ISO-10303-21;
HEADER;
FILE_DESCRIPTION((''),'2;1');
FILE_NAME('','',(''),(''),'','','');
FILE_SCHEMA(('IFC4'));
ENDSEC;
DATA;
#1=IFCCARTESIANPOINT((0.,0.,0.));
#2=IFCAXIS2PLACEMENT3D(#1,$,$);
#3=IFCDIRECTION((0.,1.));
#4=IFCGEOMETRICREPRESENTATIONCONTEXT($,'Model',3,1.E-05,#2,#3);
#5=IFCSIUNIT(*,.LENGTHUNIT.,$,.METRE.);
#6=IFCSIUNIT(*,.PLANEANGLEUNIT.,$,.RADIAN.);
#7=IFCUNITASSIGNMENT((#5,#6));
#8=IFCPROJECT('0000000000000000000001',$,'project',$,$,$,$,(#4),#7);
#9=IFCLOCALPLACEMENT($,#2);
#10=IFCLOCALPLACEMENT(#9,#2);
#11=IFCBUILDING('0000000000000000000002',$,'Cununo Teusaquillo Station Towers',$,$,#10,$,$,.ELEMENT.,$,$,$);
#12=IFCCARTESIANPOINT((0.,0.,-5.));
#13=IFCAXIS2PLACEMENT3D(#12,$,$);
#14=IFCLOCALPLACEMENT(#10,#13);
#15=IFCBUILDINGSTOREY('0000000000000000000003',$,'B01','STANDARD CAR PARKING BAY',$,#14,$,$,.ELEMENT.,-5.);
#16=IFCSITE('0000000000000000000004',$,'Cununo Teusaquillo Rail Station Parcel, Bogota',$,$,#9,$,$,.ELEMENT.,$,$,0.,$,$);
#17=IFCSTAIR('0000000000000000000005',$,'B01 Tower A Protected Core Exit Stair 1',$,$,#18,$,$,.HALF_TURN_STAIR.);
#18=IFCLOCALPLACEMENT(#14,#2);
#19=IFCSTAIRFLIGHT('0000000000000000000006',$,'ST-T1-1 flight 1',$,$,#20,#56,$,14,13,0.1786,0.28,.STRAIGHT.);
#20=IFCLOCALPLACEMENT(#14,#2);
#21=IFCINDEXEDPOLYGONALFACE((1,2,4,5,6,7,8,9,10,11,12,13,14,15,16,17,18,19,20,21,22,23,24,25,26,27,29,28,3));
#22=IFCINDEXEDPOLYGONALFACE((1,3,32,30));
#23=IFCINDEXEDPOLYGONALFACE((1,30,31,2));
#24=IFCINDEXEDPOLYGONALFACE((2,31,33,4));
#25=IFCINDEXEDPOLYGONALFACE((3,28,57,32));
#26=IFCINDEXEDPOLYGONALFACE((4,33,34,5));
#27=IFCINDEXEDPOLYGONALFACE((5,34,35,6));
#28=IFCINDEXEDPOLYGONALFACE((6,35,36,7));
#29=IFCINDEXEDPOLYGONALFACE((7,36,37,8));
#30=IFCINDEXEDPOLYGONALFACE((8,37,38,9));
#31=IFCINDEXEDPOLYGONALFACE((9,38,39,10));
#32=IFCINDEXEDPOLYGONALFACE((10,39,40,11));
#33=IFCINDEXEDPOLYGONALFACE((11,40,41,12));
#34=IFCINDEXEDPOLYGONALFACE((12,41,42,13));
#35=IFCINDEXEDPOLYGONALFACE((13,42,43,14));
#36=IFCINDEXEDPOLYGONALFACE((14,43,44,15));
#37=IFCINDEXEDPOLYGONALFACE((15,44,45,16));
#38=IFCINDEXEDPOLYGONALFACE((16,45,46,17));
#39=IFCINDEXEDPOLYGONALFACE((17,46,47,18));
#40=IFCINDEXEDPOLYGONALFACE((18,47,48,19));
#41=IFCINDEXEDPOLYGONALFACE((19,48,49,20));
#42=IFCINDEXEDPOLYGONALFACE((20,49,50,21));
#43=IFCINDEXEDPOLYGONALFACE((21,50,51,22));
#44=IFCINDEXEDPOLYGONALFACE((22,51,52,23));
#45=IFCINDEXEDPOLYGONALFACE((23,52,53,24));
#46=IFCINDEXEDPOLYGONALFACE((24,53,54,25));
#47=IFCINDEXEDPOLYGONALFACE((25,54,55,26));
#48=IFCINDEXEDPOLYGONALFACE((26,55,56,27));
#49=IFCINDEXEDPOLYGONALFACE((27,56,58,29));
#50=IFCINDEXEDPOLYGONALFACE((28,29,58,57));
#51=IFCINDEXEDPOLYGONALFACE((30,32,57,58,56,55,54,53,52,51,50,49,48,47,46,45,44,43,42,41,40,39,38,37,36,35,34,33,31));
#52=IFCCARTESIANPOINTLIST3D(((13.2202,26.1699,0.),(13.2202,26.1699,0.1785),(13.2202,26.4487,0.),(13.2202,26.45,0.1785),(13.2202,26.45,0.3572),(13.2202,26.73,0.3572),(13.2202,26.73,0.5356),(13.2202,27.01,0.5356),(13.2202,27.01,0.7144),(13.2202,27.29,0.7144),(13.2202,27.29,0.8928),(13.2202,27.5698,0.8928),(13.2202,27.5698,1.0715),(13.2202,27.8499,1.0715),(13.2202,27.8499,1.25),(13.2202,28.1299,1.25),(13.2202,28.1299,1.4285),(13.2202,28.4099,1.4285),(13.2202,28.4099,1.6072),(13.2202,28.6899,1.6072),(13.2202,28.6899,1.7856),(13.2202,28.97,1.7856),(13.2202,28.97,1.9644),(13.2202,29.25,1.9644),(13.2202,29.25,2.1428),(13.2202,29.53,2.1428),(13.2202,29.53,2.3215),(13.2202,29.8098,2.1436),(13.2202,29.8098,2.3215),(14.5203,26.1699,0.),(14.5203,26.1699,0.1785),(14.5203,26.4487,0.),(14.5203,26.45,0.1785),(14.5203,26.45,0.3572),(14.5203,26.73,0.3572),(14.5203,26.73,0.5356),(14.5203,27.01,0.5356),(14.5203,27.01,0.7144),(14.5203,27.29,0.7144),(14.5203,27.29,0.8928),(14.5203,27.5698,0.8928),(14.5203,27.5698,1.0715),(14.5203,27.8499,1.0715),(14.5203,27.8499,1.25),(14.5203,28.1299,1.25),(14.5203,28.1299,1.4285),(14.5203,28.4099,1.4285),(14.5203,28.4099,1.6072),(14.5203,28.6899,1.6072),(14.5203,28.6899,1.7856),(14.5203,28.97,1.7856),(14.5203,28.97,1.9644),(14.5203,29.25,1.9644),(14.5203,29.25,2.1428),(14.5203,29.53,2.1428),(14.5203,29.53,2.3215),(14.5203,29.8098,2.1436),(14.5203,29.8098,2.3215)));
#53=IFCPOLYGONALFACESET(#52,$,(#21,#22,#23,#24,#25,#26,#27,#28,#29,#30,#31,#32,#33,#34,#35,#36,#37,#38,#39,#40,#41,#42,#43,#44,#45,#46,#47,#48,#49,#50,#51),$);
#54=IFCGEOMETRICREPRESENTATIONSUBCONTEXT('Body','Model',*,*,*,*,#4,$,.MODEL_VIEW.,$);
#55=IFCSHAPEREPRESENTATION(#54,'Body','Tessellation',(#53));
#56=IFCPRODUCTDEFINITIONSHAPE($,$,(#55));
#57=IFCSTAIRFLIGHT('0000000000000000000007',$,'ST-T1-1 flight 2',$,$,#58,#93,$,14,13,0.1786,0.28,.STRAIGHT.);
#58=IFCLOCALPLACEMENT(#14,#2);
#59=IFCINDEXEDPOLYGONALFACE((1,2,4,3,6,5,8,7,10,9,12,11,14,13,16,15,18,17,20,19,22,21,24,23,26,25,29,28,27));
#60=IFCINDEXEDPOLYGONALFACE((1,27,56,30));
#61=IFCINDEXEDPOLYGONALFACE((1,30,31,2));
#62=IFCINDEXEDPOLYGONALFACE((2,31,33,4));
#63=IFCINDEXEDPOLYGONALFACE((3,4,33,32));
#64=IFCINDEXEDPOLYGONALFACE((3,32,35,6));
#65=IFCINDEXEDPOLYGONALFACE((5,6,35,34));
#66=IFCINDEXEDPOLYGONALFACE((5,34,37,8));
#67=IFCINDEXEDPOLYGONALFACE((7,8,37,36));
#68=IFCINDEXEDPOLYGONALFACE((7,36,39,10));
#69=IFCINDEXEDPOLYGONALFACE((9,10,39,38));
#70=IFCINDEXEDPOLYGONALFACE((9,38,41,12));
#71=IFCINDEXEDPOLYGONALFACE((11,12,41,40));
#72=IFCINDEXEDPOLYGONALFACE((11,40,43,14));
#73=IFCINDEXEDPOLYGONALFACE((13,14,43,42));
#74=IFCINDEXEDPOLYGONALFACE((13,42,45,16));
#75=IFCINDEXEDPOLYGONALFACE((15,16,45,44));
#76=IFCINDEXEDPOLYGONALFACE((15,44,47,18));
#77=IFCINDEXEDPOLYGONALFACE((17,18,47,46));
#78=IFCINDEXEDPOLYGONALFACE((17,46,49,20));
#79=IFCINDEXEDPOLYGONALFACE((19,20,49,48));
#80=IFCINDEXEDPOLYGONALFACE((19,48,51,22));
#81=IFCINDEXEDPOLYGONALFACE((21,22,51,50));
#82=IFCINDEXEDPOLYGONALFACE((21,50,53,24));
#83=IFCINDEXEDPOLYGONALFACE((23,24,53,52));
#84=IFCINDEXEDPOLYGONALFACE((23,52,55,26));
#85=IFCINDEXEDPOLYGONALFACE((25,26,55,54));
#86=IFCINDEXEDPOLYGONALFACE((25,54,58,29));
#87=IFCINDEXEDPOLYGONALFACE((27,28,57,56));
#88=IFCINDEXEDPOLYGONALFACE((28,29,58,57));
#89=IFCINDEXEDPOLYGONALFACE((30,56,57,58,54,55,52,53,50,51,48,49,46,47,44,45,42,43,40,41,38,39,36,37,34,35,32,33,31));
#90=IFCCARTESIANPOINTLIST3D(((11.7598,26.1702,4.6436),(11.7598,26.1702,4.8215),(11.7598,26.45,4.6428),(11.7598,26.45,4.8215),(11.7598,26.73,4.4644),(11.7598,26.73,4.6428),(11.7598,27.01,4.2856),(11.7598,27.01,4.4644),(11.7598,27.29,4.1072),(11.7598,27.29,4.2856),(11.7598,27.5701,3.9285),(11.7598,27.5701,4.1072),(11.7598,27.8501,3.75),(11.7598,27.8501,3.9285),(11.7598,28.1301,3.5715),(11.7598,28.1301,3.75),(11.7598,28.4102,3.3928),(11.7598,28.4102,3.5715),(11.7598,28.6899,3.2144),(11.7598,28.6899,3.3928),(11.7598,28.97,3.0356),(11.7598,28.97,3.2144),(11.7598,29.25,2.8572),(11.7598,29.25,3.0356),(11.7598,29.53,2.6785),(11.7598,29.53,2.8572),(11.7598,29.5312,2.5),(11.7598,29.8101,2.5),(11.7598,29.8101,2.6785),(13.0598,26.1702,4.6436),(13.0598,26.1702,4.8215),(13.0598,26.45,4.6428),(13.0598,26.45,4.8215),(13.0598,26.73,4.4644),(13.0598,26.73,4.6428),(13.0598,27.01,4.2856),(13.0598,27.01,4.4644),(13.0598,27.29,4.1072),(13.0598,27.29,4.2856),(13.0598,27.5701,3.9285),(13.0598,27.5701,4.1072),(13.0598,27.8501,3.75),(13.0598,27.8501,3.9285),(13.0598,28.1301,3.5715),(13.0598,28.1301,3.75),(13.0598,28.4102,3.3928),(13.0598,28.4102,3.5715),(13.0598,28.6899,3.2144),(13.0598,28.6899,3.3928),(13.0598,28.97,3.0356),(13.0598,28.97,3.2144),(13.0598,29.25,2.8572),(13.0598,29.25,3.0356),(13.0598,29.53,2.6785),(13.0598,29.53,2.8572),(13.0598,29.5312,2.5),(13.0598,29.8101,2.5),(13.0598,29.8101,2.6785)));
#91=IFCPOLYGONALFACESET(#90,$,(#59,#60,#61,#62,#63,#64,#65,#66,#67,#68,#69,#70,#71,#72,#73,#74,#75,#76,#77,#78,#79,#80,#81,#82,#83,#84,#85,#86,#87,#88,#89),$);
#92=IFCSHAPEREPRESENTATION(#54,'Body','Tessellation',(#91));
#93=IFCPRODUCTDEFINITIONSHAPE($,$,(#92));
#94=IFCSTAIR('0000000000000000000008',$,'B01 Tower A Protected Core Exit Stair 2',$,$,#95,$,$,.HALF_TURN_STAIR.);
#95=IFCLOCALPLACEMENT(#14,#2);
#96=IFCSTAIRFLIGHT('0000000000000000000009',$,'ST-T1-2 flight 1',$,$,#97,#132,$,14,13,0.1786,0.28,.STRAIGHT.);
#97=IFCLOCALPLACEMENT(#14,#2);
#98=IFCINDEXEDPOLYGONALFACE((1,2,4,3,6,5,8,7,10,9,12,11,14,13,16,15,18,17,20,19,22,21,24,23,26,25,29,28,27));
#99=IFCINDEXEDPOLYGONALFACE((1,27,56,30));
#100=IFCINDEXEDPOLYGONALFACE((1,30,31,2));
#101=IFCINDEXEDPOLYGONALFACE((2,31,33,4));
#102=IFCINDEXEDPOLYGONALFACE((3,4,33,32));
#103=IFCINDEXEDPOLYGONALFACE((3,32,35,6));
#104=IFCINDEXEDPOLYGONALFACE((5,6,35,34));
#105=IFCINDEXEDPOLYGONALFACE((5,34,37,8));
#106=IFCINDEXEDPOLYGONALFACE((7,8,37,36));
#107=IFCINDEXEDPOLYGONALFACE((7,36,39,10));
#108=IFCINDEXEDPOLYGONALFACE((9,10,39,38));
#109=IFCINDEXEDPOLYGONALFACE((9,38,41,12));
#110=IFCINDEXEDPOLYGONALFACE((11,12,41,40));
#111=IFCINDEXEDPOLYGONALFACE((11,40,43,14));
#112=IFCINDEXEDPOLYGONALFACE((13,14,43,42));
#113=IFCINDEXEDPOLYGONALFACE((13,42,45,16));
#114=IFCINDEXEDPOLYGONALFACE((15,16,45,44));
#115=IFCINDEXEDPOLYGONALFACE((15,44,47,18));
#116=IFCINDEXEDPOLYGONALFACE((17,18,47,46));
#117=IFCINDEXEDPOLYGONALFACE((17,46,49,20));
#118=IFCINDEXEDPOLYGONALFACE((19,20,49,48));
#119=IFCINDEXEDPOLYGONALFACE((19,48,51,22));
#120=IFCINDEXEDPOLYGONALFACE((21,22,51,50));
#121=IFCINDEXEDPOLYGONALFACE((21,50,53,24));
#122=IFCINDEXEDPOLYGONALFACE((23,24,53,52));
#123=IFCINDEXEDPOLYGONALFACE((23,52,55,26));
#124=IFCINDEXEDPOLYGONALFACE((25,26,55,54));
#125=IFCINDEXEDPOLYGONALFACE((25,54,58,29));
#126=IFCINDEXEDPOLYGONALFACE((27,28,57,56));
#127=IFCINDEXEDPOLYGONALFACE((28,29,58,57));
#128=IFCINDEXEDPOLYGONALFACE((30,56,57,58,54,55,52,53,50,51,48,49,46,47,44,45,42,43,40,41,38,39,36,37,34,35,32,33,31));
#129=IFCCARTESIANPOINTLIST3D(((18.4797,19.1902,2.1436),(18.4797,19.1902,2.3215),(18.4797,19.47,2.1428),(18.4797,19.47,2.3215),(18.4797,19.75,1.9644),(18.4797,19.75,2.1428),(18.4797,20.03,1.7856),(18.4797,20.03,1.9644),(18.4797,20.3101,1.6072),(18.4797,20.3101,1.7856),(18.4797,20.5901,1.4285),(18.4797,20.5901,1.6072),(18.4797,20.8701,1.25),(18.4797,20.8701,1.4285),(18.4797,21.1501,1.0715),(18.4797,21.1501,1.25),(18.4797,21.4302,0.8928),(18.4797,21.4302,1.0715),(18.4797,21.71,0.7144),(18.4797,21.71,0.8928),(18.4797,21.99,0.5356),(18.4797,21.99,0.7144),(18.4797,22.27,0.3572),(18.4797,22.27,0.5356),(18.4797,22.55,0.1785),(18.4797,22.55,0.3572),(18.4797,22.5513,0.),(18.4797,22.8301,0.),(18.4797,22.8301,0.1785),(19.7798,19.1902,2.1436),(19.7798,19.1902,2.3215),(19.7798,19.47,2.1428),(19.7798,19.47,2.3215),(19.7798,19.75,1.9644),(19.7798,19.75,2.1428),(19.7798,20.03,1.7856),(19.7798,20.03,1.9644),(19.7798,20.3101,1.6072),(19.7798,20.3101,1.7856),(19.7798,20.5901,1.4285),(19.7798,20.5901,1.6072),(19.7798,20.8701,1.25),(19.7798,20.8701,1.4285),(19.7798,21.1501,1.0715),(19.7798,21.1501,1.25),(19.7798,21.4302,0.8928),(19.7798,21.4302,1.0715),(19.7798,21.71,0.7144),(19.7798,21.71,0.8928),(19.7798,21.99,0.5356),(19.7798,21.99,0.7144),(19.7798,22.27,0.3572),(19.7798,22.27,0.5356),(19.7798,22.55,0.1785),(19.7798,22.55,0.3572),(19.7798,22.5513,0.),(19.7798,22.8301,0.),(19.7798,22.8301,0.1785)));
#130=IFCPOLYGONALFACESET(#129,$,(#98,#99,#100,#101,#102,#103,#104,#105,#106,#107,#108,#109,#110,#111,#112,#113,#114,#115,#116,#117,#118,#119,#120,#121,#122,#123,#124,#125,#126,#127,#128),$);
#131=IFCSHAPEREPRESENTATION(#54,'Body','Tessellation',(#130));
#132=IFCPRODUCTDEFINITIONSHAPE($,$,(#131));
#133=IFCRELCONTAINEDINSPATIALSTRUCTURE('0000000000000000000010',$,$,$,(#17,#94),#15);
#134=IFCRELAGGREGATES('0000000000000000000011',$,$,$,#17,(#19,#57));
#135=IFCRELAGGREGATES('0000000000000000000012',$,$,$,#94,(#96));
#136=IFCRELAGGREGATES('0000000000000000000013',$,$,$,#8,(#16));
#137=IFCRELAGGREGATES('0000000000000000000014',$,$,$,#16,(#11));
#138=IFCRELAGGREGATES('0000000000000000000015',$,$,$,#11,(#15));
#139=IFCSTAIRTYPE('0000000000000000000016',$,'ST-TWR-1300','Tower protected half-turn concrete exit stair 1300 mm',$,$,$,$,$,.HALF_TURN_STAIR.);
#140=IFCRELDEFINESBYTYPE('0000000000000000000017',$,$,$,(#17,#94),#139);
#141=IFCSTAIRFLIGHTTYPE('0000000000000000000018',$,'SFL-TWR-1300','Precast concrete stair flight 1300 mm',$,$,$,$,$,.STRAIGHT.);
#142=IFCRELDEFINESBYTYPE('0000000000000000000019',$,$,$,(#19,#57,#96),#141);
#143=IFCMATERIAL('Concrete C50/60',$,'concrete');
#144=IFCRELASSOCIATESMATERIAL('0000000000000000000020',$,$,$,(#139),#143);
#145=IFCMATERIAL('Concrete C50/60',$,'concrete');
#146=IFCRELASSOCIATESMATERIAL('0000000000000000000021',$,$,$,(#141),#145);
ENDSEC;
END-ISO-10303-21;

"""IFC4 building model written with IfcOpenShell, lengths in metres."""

from ifc_helpers import new_model, si_unit, direction, frame, origin, place, context, subcontext, project, spatial, polyline, outline, extrude, material, type_object, element, aggregate, save


model = new_model("IFC4")

# Units and contexts
model_context = context("Model", 3, precision=1e-05, world=origin(), true_north=direction((0.0, 1.0)))
body_context = subcontext(model_context, "Body", "Model", "MODEL_VIEW")
ifc_project = project(units=[si_unit("LENGTHUNIT", "METRE"), si_unit("PLANEANGLEUNIT", "RADIAN")], contexts=[model_context])

# Site, building, storey
site_placement = place(None, origin())
site = spatial("IfcSite", under=ifc_project, at=site_placement, Name="Cununo Teusaquillo Rail Station Parcel, Bogota", CompositionType="ELEMENT", RefElevation=0.0)
building_placement = place(site_placement, origin())
building = spatial("IfcBuilding", under=site, at=building_placement, Name="Cununo Teusaquillo Station Towers", CompositionType="ELEMENT")
storey_placement = place(building_placement, frame((0.0, 0.0, -5.0)))
storey = spatial("IfcBuildingStorey", under=building, at=storey_placement, Name="B01", Description="STANDARD CAR PARKING BAY", CompositionType="ELEMENT", Elevation=-5.0)

# Stair, stair flights
ifc_material_1 = material(Name="Concrete C50/60", Category="concrete")
stair_type = type_object("IfcStairType", Name="ST-TWR-1300", Description="Tower protected half-turn concrete exit stair 1300 mm", PredefinedType="HALF_TURN_STAIR", material=ifc_material_1)
stair_1_placement = place(storey_placement, origin())
stair_1 = element("IfcStair", 1, at=stair_1_placement, inside=storey, type_object=stair_type, Name="B01 Tower A Protected Core Exit Stair 1", PredefinedType="HALF_TURN_STAIR")
ifc_material_2 = material(Name="Concrete C50/60", Category="concrete")
stair_flight_type = type_object("IfcStairFlightType", Name="SFL-TWR-1300", Description="Precast concrete stair flight 1300 mm", PredefinedType="STRAIGHT", material=ifc_material_2)
stair_flight_1_placement = place(storey_placement, frame((13.8701, 26.1699, 0.0), z_axis=(0.0, 0.0, 1.0), x_axis=(0.0, 1.0, 0.0)))
stair_flight_1 = element("IfcStairFlight", 2, at=stair_flight_1_placement, type_object=stair_flight_type, Name="ST-T1-1 flight 1", NumberOfRisers=14, NumberOfTreads=13, PredefinedType="STRAIGHT", RiserHeight=0.1786, TreadLength=0.28, context=body_context, shape_type="SweptSolid", body=[
    extrude(outline(polyline([(0.0, 0.0), (0.0, 0.1785), (0.28, 0.1785), (0.28, 0.3572), (0.5601, 0.3572), (0.5601, 0.5356), (0.8401, 0.5356), (0.8401, 0.7144), (1.1201, 0.7144), (1.1201, 0.8928), (1.3999, 0.8928), (1.3999, 1.0715), (1.6799, 1.0715), (1.6799, 1.25), (1.96, 1.25), (1.96, 1.4285), (2.24, 1.4285), (2.24, 1.6072), (2.52, 1.6072), (2.52, 1.7856), (2.8, 1.7856), (2.8, 1.9644), (3.0801, 1.9644), (3.0801, 2.1428), (3.3601, 2.1428), (3.3601, 2.3215), (3.6399, 2.3215), (3.6399, 2.5), (3.6399, 2.1436), (0.2788, 0.0), (0.0, 0.0)])), frame((0.0, 0.6499, 0.0), z_axis=(0.0, -1.0, 0.0), x_axis=(1.0, 0.0, 0.0)), (0.0, 0.0, 1.0), 1.3),
])
stair_flight_2_placement = place(storey_placement, frame((12.4099, 29.8101, 2.5), z_axis=(0.0, 0.0, 1.0), x_axis=(0.0, -1.0, 0.0)))
stair_flight_2 = element("IfcStairFlight", 3, at=stair_flight_2_placement, type_object=stair_flight_type, Name="ST-T1-1 flight 2", NumberOfRisers=14, NumberOfTreads=13, PredefinedType="STRAIGHT", RiserHeight=0.1786, TreadLength=0.28, context=body_context, shape_type="SweptSolid", body=[
    extrude(outline(polyline([(0.0, 0.0), (0.0, 0.1785), (0.28, 0.1785), (0.28, 0.3572), (0.5601, 0.3572), (0.5601, 0.5356), (0.8401, 0.5356), (0.8401, 0.7144), (1.1201, 0.7144), (1.1201, 0.8928), (1.3999, 0.8928), (1.3999, 1.0715), (1.6799, 1.0715), (1.6799, 1.25), (1.96, 1.25), (1.96, 1.4285), (2.24, 1.4285), (2.24, 1.6072), (2.52, 1.6072), (2.52, 1.7856), (2.8, 1.7856), (2.8, 1.9644), (3.0801, 1.9644), (3.0801, 2.1428), (3.3601, 2.1428), (3.3601, 2.3215), (3.6399, 2.3215), (3.6399, 2.5), (3.6399, 2.1436), (0.2788, 0.0), (0.0, 0.0)])), frame((0.0, 0.6499, 0.0), z_axis=(0.0, -1.0, 0.0), x_axis=(1.0, 0.0, 0.0)), (0.0, 0.0, 1.0), 1.3),
])
aggregate(stair_1, [stair_flight_1, stair_flight_2])

# Stair, stair flight
stair_2_placement = place(storey_placement, origin())
stair_2 = element("IfcStair", 4, at=stair_2_placement, inside=storey, type_object=stair_type, Name="B01 Tower A Protected Core Exit Stair 2", PredefinedType="HALF_TURN_STAIR")
stair_flight_3_placement = place(storey_placement, frame((19.1299, 22.8301, 0.0), z_axis=(0.0, 0.0, 1.0), x_axis=(0.0, -1.0, 0.0)))
stair_flight_3 = element("IfcStairFlight", 5, at=stair_flight_3_placement, type_object=stair_flight_type, Name="ST-T1-2 flight 1", NumberOfRisers=14, NumberOfTreads=13, PredefinedType="STRAIGHT", RiserHeight=0.1786, TreadLength=0.28, context=body_context, shape_type="SweptSolid", body=[
    extrude(outline(polyline([(0.0, 0.0), (0.0, 0.1785), (0.28, 0.1785), (0.28, 0.3572), (0.5601, 0.3572), (0.5601, 0.5356), (0.8401, 0.5356), (0.8401, 0.7144), (1.1201, 0.7144), (1.1201, 0.8928), (1.3999, 0.8928), (1.3999, 1.0715), (1.6799, 1.0715), (1.6799, 1.25), (1.96, 1.25), (1.96, 1.4285), (2.24, 1.4285), (2.24, 1.6072), (2.52, 1.6072), (2.52, 1.7856), (2.8, 1.7856), (2.8, 1.9644), (3.0801, 1.9644), (3.0801, 2.1428), (3.3601, 2.1428), (3.3601, 2.3215), (3.6399, 2.3215), (3.6399, 2.5), (3.6399, 2.1436), (0.2788, 0.0), (0.0, 0.0)])), frame((0.0, 0.6499, 0.0), z_axis=(0.0, -1.0, 0.0), x_axis=(1.0, 0.0, 0.0)), (0.0, 0.0, 1.0), 1.3),
])
aggregate(stair_2, [stair_flight_3])

save(model, "model.ifc")
